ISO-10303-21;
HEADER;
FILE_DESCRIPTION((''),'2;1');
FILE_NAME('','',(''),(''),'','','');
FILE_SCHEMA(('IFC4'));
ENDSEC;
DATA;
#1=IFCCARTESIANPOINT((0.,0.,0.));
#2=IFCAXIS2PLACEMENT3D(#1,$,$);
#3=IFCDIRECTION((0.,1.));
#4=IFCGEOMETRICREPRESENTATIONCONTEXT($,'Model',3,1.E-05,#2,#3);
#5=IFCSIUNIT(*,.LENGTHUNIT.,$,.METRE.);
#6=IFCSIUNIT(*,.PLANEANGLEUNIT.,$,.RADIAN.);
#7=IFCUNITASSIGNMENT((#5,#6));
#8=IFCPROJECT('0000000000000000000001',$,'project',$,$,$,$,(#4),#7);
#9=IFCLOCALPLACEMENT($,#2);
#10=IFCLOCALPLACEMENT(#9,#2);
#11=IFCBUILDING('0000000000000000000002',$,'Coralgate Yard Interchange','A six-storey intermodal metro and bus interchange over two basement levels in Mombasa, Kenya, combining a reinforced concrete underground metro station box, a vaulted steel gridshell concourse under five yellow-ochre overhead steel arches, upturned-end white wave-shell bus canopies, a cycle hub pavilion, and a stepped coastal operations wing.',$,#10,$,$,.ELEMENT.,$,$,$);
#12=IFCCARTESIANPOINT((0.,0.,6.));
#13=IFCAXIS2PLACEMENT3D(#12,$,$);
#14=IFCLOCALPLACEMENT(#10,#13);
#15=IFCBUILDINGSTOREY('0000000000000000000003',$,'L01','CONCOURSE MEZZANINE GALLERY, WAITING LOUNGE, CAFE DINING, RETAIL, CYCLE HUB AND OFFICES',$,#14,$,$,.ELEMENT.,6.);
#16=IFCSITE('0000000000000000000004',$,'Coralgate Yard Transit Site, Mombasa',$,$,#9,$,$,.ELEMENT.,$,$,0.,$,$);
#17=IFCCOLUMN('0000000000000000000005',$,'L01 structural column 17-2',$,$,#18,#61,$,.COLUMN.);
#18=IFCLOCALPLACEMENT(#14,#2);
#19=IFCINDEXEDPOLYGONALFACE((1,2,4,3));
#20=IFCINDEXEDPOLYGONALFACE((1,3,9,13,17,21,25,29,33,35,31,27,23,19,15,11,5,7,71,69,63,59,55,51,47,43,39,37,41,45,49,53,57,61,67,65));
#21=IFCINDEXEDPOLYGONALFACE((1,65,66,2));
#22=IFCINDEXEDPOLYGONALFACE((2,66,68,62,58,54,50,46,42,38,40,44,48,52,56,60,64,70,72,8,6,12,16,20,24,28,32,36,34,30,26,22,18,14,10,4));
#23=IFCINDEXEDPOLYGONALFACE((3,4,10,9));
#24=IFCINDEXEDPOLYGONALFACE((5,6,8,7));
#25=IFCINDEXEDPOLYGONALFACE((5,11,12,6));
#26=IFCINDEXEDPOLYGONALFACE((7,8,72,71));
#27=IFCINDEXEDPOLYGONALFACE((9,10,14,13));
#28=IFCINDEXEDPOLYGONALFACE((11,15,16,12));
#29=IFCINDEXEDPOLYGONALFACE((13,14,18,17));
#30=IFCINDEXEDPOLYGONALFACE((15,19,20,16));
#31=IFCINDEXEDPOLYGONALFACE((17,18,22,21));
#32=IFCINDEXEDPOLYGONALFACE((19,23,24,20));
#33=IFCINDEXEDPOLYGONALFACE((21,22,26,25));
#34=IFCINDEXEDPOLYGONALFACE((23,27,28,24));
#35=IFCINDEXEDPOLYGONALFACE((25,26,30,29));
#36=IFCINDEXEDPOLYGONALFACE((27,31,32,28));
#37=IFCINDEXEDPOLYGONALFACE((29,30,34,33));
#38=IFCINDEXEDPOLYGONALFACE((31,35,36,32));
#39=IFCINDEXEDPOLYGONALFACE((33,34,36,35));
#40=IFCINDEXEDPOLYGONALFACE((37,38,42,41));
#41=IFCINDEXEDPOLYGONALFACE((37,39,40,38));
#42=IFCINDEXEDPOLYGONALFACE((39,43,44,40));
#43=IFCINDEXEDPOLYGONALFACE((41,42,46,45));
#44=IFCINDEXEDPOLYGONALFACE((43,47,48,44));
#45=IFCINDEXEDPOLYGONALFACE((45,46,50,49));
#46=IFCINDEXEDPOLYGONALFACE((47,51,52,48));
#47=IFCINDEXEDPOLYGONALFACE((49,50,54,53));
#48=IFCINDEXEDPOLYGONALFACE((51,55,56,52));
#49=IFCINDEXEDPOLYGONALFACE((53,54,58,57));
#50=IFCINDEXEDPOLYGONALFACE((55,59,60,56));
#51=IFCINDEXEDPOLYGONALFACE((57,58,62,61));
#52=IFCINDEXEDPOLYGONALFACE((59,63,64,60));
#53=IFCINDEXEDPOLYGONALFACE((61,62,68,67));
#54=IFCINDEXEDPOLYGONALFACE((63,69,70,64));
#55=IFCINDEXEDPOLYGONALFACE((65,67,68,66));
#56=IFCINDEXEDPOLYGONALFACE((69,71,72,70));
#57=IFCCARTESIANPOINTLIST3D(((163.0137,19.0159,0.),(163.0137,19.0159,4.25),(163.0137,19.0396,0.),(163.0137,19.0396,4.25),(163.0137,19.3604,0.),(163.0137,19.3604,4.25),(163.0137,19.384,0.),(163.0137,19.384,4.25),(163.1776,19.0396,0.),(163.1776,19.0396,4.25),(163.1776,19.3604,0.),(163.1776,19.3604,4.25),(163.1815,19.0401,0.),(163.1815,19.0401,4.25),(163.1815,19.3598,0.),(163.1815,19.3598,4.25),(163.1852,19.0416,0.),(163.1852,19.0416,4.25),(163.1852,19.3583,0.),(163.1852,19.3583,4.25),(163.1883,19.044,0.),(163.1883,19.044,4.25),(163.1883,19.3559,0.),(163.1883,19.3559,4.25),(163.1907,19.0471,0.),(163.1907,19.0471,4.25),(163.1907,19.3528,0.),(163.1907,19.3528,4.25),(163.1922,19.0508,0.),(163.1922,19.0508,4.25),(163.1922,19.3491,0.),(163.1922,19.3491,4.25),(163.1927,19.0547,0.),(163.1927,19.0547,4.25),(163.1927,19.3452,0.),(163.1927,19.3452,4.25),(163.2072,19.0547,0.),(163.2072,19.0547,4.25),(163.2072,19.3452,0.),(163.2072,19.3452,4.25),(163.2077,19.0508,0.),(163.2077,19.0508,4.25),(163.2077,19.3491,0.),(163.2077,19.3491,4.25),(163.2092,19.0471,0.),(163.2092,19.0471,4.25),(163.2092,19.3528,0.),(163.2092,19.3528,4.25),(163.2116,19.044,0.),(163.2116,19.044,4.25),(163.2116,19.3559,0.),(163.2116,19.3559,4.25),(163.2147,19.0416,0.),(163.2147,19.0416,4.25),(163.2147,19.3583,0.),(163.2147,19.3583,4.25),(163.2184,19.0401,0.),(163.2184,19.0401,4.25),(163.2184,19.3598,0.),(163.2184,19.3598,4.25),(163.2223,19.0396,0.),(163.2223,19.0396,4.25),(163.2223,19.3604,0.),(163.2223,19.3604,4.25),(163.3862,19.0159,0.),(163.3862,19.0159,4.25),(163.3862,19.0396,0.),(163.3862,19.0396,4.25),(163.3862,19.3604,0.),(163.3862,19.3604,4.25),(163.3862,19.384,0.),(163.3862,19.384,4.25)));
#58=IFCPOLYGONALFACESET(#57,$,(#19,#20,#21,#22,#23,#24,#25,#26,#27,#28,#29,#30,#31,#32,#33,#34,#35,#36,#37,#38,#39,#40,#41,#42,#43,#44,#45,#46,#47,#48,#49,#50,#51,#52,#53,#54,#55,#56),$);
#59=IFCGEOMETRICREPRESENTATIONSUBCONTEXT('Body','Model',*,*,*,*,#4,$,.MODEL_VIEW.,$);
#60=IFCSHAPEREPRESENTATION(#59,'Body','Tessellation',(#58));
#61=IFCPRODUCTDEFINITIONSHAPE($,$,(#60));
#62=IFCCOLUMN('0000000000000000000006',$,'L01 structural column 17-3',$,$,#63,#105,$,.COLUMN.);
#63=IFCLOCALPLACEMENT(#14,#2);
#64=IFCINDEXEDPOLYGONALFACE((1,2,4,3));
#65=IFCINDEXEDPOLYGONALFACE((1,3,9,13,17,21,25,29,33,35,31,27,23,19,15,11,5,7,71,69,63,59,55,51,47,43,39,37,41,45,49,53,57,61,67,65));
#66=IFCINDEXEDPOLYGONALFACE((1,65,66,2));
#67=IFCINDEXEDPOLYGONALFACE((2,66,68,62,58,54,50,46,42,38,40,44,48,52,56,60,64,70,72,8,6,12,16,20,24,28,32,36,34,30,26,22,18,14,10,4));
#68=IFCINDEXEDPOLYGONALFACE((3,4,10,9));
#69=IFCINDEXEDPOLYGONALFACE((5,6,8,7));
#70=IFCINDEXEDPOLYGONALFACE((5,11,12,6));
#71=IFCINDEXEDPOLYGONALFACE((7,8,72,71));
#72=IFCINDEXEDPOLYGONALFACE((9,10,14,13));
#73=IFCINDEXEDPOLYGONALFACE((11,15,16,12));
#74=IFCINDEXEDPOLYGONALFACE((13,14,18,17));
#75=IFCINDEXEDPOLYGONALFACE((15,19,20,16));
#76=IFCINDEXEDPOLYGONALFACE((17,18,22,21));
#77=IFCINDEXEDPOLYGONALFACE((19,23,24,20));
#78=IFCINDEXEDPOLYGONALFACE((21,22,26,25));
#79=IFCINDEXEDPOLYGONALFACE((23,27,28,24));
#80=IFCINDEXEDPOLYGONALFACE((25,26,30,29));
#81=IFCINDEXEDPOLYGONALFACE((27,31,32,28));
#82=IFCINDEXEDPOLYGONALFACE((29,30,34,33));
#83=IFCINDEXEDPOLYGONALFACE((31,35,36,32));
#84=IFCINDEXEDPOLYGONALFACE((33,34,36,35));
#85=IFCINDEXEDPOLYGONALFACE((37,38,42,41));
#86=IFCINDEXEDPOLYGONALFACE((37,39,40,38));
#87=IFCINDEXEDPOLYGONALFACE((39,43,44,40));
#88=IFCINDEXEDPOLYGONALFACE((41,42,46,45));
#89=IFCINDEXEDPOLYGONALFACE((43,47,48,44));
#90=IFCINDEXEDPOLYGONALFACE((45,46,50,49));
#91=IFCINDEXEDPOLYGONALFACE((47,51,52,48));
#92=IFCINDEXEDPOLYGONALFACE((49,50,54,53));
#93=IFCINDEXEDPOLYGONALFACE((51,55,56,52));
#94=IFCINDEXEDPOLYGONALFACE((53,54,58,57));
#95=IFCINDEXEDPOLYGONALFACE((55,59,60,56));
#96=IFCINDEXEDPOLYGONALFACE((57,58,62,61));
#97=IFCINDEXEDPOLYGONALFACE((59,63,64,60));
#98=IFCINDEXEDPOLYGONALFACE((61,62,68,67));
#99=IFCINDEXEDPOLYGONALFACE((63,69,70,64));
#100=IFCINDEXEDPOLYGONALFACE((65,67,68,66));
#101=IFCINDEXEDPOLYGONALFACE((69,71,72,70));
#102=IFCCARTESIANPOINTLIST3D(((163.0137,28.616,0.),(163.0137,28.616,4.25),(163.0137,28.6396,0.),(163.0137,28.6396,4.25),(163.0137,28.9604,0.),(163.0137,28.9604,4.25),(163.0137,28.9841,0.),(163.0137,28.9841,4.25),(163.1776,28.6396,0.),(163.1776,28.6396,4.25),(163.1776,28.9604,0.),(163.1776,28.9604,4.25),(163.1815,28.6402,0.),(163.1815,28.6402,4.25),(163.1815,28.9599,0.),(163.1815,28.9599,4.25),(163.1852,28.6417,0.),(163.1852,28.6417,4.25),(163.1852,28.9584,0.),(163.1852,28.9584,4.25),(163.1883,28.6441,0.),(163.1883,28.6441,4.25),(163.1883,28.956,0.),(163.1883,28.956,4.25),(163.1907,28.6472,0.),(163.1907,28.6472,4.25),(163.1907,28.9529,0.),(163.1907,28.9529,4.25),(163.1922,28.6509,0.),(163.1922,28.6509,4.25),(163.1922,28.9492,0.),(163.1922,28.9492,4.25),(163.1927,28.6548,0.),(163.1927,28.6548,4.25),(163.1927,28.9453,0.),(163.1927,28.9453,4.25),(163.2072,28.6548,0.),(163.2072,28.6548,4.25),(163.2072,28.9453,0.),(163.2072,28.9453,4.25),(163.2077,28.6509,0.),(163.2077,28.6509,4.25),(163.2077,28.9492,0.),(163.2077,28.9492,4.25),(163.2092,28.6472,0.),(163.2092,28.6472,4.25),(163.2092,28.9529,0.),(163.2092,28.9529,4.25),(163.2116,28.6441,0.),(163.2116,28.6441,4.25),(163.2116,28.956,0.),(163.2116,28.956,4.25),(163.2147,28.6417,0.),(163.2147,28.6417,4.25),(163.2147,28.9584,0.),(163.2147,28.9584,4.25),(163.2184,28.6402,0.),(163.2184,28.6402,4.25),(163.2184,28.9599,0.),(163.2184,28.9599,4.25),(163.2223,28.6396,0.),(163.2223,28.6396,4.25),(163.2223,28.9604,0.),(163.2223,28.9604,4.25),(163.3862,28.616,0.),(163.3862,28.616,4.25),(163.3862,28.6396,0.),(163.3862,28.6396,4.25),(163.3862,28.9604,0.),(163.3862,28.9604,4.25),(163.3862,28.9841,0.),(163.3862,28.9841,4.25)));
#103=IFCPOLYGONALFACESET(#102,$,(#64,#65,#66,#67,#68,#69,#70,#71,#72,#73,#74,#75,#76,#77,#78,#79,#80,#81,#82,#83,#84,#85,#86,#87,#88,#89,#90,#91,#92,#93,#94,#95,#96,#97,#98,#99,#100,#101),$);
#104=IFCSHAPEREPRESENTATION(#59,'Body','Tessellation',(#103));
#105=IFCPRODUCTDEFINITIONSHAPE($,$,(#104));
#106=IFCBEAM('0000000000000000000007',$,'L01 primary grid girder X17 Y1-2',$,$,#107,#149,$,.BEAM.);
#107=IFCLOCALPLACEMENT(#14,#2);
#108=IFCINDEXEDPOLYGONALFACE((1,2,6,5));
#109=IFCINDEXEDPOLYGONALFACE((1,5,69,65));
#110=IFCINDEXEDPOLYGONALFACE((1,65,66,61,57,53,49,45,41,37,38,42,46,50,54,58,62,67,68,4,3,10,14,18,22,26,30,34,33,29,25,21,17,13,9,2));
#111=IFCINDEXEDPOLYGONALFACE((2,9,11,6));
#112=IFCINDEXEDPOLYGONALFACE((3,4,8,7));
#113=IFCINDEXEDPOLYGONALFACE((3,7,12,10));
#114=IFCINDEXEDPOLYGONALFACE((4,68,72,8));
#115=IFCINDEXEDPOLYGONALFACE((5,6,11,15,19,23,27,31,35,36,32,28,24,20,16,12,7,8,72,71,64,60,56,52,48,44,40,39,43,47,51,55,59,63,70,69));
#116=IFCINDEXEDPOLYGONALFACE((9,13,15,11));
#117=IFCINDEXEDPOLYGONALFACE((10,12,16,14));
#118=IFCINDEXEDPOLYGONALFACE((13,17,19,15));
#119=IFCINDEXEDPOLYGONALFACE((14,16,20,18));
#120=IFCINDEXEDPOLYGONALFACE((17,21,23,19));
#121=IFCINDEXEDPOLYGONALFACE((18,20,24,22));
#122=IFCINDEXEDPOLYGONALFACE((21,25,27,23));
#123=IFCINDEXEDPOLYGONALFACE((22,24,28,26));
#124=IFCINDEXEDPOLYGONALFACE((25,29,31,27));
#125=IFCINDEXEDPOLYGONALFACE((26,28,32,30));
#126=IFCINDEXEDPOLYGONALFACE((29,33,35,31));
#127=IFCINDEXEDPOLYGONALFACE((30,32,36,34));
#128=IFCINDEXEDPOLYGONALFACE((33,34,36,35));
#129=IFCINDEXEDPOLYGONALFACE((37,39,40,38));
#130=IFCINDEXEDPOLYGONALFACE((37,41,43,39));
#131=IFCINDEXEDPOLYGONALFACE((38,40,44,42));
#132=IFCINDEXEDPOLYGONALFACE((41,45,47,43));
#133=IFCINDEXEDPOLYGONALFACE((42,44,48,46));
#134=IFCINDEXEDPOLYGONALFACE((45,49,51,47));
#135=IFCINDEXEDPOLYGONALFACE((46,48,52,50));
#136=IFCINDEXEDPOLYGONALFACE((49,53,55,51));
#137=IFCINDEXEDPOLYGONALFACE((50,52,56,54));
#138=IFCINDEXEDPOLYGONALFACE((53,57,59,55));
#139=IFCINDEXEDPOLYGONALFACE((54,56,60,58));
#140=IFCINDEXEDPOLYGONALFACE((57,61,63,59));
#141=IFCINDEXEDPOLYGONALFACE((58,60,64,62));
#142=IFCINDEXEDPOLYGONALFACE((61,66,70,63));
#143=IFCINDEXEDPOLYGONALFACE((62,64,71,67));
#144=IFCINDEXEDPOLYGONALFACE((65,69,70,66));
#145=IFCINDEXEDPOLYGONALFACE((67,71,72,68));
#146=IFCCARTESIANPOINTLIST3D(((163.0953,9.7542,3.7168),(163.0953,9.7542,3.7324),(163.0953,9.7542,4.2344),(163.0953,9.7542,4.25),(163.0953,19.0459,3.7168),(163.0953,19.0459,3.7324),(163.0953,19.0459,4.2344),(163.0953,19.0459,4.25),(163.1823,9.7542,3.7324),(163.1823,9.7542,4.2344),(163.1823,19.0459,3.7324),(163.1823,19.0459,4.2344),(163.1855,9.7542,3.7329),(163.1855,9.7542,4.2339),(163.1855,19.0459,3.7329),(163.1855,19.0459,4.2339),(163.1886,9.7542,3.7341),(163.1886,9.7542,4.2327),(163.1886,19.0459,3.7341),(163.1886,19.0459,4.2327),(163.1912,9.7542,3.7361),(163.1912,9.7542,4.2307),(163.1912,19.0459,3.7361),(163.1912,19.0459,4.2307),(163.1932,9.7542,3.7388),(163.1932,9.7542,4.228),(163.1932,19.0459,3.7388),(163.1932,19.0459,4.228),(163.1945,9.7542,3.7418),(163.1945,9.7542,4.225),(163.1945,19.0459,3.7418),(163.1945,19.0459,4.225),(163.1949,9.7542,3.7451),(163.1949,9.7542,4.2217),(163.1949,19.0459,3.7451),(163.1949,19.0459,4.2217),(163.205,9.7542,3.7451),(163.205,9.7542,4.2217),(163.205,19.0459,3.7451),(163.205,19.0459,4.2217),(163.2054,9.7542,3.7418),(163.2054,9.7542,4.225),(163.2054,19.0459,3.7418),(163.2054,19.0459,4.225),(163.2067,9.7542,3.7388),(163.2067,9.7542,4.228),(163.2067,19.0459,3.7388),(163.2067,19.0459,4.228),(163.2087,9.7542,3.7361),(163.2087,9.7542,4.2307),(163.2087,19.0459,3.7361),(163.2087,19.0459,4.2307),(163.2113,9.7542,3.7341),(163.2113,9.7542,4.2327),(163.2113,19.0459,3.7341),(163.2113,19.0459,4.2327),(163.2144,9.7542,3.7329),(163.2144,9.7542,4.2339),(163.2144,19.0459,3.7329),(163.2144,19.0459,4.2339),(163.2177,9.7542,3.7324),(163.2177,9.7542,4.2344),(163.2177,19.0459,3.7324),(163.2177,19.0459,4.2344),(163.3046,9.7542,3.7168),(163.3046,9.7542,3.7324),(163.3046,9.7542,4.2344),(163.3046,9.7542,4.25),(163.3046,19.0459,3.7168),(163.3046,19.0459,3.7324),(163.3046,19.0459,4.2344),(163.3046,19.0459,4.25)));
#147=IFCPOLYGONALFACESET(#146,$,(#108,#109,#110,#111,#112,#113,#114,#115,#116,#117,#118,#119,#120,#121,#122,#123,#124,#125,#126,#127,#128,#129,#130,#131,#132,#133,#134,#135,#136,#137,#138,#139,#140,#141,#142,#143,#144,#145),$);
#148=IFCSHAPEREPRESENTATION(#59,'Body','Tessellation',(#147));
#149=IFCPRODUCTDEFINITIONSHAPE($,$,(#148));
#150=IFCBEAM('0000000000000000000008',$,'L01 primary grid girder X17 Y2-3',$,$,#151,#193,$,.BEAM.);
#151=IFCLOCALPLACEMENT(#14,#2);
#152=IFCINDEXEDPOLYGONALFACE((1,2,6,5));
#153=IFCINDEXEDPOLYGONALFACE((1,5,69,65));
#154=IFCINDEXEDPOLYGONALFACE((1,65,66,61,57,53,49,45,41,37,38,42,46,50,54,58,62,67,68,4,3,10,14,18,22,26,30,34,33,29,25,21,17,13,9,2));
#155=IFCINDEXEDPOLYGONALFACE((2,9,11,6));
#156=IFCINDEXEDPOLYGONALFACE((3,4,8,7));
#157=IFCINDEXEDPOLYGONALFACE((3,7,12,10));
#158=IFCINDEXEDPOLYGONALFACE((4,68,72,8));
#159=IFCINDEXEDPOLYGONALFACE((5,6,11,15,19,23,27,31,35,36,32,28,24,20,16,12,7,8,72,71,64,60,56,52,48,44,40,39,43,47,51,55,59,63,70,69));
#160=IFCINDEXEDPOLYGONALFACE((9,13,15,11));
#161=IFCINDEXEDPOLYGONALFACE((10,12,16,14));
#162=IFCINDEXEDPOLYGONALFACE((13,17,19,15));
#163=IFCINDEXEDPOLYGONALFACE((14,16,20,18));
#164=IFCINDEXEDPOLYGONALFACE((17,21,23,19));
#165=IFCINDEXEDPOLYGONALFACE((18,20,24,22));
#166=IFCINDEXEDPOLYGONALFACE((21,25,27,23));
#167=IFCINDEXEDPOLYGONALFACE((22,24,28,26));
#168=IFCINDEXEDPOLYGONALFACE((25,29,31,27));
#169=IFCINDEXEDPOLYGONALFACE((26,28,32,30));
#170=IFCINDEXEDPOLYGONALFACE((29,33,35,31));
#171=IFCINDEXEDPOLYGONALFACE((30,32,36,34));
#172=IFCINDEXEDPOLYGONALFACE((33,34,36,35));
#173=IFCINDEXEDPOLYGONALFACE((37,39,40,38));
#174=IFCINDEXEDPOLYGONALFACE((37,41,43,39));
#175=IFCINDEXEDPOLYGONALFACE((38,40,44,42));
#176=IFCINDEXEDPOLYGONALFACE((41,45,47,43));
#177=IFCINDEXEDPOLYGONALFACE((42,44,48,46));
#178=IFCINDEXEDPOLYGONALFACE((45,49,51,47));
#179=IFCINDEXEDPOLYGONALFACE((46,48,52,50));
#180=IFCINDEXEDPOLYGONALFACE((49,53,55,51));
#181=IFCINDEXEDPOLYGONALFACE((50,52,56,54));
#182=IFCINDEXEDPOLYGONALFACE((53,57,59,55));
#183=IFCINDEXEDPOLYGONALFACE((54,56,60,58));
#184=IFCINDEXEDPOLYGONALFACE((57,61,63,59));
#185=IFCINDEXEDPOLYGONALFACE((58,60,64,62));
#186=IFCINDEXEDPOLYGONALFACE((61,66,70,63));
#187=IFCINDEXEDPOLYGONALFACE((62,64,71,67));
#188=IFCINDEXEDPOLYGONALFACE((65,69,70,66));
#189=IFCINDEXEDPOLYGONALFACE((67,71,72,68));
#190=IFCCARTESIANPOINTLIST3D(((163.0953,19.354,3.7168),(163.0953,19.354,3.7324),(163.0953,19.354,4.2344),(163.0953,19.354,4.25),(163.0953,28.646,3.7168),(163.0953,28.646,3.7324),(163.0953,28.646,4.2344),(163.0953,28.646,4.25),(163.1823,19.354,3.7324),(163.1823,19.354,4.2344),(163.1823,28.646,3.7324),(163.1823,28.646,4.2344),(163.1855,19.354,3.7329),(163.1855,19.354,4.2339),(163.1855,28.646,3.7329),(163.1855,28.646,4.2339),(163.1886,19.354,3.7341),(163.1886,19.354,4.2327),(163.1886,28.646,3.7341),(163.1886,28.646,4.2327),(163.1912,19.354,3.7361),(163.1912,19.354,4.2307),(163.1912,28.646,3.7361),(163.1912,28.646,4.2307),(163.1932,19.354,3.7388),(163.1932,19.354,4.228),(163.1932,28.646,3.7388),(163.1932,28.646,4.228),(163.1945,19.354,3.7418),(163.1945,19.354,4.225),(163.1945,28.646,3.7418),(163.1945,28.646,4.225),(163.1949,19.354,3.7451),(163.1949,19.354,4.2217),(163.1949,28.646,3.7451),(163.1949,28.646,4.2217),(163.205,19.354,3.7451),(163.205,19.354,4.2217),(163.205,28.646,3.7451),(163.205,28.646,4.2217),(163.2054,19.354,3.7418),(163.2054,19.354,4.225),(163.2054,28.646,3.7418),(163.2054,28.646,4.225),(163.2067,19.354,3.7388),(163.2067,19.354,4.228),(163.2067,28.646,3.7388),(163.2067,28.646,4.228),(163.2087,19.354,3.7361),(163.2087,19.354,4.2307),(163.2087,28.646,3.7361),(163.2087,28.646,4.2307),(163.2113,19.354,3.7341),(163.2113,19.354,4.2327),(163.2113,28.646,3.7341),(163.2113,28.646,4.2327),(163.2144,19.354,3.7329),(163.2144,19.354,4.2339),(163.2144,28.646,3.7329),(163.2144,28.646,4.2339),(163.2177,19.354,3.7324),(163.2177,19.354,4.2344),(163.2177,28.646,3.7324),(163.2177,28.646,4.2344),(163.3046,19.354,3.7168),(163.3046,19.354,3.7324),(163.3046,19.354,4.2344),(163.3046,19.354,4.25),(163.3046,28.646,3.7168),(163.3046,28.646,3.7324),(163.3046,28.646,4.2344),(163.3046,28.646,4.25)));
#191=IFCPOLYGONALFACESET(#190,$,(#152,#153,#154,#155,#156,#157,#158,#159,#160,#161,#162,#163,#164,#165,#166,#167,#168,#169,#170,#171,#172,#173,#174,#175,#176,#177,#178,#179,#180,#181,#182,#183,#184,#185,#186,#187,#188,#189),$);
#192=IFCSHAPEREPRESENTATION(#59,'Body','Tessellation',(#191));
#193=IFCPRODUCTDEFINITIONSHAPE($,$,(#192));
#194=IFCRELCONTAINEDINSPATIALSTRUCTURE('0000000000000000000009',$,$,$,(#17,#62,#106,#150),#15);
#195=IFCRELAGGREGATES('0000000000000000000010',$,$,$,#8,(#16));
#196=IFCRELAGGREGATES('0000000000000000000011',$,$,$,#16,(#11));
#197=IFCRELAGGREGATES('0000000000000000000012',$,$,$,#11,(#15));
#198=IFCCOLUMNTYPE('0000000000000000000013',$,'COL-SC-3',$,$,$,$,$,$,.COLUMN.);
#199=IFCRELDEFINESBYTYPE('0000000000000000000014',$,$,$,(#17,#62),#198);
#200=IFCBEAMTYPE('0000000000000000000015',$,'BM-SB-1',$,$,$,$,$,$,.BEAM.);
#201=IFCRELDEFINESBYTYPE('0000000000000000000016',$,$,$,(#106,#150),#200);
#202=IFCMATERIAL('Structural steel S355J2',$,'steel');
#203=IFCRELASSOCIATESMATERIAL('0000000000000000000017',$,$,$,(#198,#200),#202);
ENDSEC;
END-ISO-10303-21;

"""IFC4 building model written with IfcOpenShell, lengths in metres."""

from ifc_helpers import new_model, si_unit, direction, frame, origin, origin_2d, place, context, subcontext, project, spatial, i_section, extrude, material, material_profile, profile_set, type_object, element, save


model = new_model("IFC4")

# Units and contexts
model_context = context("Model", 3, precision=1e-05, world=origin(), true_north=direction((0.0, 1.0)))
body_context = subcontext(model_context, "Body", "Model", "MODEL_VIEW")
ifc_project = project(units=[si_unit("LENGTHUNIT", "METRE"), si_unit("PLANEANGLEUNIT", "RADIAN")], contexts=[model_context])

# Site, building, storey
site_placement = place(None, origin())
site = spatial("IfcSite", under=ifc_project, at=site_placement, Name="Coralgate Yard Transit Site, Mombasa", CompositionType="ELEMENT", RefElevation=0.0)
building_placement = place(site_placement, origin())
building = spatial("IfcBuilding", under=site, at=building_placement, Name="Coralgate Yard Interchange", Description="A six-storey intermodal metro and bus interchange over two basement levels in Mombasa, Kenya, combining a reinforced concrete underground metro station box, a vaulted steel gridshell concourse under five yellow-ochre overhead steel arches, upturned-end white wave-shell bus canopies, a cycle hub pavilion, and a stepped coastal operations wing.", CompositionType="ELEMENT")
storey_placement = place(building_placement, frame((0.0, 0.0, 6.0)))
storey = spatial("IfcBuildingStorey", under=building, at=storey_placement, Name="L01", Description="CONCOURSE MEZZANINE GALLERY, WAITING LOUNGE, CAFE DINING, RETAIL, CYCLE HUB AND OFFICES", CompositionType="ELEMENT", Elevation=6.0)

# Columns
ifc_material_1 = material(Name="Structural steel S355J2", Category="steel")
ifc_material_profile_1 = material_profile(ifc_material_1, i_section(OverallWidth=0.3726, OverallDepth=0.3682, WebThickness=0.0144, FlangeThickness=0.0237, FilletRadius=0.0151, at=origin_2d()), Name="UC 356x368x177")
ifc_profile_set_1 = profile_set([ifc_material_profile_1], Name="Structural steel S355J2")
column_type = type_object("IfcColumnType", Name="COL-SC-3", PredefinedType="COLUMN", material=ifc_profile_set_1)
for number, where, z_axis, x_axis, name in (
    (1, (163.2, 19.2, 0.0), (0.0, 0.0, 1.0), (1.0, 0.0, 0.0), "L01 structural column 17-2"),
    (2, (163.2, 28.8, 0.0), (0.0, 0.0, 1.0), (1.0, 0.0, 0.0), "L01 structural column 17-3"),
):
    element("IfcColumn", number, at=place(storey_placement, frame(where, z_axis=z_axis, x_axis=x_axis)), inside=storey, type_object=column_type, Name=name, PredefinedType="COLUMN", context=body_context, shape_type="SweptSolid", body=[
        extrude(i_section(OverallWidth=0.3726, OverallDepth=0.3682, WebThickness=0.0144, FlangeThickness=0.0237, FilletRadius=0.0151, at=origin_2d()), origin(), (0.0, 0.0, 1.0), 4.25),
    ])

# Beams
ifc_material_profile_2 = material_profile(ifc_material_1, i_section(OverallWidth=0.2092, OverallDepth=0.5332, WebThickness=0.01, FlangeThickness=0.0156, FilletRadius=0.0127, at=origin_2d()), Name="UB 533x210x92")
ifc_profile_set_2 = profile_set([ifc_material_profile_2], Name="Structural steel S355J2")
beam_type_1 = type_object("IfcBeamType", Name="BM-SB-1", PredefinedType="BEAM", material=ifc_profile_set_2)
beam_1_placement = place(storey_placement, frame((163.2, 9.7542, 3.9834), z_axis=(0.0, 1.0, 0.0), x_axis=(-1.0, 0.0, 0.0)))
element("IfcBeam", 3, at=beam_1_placement, inside=storey, type_object=beam_type_1, Name="L01 primary grid girder X17 Y1-2", PredefinedType="BEAM", context=body_context, shape_type="SweptSolid", body=[
    extrude(i_section(OverallWidth=0.2092, OverallDepth=0.5332, WebThickness=0.01, FlangeThickness=0.0156, FilletRadius=0.0127, at=origin_2d()), origin(), (0.0, 0.0, 1.0), 9.2917),
])
beam_2_placement = place(storey_placement, frame((163.2, 19.354, 3.9834), z_axis=(0.0, 1.0, 0.0), x_axis=(-1.0, 0.0, 0.0)))
element("IfcBeam", 4, at=beam_2_placement, inside=storey, type_object=beam_type_1, Name="L01 primary grid girder X17 Y2-3", PredefinedType="BEAM", context=body_context, shape_type="SweptSolid", body=[
    extrude(i_section(OverallWidth=0.2092, OverallDepth=0.5332, WebThickness=0.01, FlangeThickness=0.0156, FilletRadius=0.0127, at=origin_2d()), origin(), (0.0, 0.0, 1.0), 9.292),
])

save(model, "model.ifc")
